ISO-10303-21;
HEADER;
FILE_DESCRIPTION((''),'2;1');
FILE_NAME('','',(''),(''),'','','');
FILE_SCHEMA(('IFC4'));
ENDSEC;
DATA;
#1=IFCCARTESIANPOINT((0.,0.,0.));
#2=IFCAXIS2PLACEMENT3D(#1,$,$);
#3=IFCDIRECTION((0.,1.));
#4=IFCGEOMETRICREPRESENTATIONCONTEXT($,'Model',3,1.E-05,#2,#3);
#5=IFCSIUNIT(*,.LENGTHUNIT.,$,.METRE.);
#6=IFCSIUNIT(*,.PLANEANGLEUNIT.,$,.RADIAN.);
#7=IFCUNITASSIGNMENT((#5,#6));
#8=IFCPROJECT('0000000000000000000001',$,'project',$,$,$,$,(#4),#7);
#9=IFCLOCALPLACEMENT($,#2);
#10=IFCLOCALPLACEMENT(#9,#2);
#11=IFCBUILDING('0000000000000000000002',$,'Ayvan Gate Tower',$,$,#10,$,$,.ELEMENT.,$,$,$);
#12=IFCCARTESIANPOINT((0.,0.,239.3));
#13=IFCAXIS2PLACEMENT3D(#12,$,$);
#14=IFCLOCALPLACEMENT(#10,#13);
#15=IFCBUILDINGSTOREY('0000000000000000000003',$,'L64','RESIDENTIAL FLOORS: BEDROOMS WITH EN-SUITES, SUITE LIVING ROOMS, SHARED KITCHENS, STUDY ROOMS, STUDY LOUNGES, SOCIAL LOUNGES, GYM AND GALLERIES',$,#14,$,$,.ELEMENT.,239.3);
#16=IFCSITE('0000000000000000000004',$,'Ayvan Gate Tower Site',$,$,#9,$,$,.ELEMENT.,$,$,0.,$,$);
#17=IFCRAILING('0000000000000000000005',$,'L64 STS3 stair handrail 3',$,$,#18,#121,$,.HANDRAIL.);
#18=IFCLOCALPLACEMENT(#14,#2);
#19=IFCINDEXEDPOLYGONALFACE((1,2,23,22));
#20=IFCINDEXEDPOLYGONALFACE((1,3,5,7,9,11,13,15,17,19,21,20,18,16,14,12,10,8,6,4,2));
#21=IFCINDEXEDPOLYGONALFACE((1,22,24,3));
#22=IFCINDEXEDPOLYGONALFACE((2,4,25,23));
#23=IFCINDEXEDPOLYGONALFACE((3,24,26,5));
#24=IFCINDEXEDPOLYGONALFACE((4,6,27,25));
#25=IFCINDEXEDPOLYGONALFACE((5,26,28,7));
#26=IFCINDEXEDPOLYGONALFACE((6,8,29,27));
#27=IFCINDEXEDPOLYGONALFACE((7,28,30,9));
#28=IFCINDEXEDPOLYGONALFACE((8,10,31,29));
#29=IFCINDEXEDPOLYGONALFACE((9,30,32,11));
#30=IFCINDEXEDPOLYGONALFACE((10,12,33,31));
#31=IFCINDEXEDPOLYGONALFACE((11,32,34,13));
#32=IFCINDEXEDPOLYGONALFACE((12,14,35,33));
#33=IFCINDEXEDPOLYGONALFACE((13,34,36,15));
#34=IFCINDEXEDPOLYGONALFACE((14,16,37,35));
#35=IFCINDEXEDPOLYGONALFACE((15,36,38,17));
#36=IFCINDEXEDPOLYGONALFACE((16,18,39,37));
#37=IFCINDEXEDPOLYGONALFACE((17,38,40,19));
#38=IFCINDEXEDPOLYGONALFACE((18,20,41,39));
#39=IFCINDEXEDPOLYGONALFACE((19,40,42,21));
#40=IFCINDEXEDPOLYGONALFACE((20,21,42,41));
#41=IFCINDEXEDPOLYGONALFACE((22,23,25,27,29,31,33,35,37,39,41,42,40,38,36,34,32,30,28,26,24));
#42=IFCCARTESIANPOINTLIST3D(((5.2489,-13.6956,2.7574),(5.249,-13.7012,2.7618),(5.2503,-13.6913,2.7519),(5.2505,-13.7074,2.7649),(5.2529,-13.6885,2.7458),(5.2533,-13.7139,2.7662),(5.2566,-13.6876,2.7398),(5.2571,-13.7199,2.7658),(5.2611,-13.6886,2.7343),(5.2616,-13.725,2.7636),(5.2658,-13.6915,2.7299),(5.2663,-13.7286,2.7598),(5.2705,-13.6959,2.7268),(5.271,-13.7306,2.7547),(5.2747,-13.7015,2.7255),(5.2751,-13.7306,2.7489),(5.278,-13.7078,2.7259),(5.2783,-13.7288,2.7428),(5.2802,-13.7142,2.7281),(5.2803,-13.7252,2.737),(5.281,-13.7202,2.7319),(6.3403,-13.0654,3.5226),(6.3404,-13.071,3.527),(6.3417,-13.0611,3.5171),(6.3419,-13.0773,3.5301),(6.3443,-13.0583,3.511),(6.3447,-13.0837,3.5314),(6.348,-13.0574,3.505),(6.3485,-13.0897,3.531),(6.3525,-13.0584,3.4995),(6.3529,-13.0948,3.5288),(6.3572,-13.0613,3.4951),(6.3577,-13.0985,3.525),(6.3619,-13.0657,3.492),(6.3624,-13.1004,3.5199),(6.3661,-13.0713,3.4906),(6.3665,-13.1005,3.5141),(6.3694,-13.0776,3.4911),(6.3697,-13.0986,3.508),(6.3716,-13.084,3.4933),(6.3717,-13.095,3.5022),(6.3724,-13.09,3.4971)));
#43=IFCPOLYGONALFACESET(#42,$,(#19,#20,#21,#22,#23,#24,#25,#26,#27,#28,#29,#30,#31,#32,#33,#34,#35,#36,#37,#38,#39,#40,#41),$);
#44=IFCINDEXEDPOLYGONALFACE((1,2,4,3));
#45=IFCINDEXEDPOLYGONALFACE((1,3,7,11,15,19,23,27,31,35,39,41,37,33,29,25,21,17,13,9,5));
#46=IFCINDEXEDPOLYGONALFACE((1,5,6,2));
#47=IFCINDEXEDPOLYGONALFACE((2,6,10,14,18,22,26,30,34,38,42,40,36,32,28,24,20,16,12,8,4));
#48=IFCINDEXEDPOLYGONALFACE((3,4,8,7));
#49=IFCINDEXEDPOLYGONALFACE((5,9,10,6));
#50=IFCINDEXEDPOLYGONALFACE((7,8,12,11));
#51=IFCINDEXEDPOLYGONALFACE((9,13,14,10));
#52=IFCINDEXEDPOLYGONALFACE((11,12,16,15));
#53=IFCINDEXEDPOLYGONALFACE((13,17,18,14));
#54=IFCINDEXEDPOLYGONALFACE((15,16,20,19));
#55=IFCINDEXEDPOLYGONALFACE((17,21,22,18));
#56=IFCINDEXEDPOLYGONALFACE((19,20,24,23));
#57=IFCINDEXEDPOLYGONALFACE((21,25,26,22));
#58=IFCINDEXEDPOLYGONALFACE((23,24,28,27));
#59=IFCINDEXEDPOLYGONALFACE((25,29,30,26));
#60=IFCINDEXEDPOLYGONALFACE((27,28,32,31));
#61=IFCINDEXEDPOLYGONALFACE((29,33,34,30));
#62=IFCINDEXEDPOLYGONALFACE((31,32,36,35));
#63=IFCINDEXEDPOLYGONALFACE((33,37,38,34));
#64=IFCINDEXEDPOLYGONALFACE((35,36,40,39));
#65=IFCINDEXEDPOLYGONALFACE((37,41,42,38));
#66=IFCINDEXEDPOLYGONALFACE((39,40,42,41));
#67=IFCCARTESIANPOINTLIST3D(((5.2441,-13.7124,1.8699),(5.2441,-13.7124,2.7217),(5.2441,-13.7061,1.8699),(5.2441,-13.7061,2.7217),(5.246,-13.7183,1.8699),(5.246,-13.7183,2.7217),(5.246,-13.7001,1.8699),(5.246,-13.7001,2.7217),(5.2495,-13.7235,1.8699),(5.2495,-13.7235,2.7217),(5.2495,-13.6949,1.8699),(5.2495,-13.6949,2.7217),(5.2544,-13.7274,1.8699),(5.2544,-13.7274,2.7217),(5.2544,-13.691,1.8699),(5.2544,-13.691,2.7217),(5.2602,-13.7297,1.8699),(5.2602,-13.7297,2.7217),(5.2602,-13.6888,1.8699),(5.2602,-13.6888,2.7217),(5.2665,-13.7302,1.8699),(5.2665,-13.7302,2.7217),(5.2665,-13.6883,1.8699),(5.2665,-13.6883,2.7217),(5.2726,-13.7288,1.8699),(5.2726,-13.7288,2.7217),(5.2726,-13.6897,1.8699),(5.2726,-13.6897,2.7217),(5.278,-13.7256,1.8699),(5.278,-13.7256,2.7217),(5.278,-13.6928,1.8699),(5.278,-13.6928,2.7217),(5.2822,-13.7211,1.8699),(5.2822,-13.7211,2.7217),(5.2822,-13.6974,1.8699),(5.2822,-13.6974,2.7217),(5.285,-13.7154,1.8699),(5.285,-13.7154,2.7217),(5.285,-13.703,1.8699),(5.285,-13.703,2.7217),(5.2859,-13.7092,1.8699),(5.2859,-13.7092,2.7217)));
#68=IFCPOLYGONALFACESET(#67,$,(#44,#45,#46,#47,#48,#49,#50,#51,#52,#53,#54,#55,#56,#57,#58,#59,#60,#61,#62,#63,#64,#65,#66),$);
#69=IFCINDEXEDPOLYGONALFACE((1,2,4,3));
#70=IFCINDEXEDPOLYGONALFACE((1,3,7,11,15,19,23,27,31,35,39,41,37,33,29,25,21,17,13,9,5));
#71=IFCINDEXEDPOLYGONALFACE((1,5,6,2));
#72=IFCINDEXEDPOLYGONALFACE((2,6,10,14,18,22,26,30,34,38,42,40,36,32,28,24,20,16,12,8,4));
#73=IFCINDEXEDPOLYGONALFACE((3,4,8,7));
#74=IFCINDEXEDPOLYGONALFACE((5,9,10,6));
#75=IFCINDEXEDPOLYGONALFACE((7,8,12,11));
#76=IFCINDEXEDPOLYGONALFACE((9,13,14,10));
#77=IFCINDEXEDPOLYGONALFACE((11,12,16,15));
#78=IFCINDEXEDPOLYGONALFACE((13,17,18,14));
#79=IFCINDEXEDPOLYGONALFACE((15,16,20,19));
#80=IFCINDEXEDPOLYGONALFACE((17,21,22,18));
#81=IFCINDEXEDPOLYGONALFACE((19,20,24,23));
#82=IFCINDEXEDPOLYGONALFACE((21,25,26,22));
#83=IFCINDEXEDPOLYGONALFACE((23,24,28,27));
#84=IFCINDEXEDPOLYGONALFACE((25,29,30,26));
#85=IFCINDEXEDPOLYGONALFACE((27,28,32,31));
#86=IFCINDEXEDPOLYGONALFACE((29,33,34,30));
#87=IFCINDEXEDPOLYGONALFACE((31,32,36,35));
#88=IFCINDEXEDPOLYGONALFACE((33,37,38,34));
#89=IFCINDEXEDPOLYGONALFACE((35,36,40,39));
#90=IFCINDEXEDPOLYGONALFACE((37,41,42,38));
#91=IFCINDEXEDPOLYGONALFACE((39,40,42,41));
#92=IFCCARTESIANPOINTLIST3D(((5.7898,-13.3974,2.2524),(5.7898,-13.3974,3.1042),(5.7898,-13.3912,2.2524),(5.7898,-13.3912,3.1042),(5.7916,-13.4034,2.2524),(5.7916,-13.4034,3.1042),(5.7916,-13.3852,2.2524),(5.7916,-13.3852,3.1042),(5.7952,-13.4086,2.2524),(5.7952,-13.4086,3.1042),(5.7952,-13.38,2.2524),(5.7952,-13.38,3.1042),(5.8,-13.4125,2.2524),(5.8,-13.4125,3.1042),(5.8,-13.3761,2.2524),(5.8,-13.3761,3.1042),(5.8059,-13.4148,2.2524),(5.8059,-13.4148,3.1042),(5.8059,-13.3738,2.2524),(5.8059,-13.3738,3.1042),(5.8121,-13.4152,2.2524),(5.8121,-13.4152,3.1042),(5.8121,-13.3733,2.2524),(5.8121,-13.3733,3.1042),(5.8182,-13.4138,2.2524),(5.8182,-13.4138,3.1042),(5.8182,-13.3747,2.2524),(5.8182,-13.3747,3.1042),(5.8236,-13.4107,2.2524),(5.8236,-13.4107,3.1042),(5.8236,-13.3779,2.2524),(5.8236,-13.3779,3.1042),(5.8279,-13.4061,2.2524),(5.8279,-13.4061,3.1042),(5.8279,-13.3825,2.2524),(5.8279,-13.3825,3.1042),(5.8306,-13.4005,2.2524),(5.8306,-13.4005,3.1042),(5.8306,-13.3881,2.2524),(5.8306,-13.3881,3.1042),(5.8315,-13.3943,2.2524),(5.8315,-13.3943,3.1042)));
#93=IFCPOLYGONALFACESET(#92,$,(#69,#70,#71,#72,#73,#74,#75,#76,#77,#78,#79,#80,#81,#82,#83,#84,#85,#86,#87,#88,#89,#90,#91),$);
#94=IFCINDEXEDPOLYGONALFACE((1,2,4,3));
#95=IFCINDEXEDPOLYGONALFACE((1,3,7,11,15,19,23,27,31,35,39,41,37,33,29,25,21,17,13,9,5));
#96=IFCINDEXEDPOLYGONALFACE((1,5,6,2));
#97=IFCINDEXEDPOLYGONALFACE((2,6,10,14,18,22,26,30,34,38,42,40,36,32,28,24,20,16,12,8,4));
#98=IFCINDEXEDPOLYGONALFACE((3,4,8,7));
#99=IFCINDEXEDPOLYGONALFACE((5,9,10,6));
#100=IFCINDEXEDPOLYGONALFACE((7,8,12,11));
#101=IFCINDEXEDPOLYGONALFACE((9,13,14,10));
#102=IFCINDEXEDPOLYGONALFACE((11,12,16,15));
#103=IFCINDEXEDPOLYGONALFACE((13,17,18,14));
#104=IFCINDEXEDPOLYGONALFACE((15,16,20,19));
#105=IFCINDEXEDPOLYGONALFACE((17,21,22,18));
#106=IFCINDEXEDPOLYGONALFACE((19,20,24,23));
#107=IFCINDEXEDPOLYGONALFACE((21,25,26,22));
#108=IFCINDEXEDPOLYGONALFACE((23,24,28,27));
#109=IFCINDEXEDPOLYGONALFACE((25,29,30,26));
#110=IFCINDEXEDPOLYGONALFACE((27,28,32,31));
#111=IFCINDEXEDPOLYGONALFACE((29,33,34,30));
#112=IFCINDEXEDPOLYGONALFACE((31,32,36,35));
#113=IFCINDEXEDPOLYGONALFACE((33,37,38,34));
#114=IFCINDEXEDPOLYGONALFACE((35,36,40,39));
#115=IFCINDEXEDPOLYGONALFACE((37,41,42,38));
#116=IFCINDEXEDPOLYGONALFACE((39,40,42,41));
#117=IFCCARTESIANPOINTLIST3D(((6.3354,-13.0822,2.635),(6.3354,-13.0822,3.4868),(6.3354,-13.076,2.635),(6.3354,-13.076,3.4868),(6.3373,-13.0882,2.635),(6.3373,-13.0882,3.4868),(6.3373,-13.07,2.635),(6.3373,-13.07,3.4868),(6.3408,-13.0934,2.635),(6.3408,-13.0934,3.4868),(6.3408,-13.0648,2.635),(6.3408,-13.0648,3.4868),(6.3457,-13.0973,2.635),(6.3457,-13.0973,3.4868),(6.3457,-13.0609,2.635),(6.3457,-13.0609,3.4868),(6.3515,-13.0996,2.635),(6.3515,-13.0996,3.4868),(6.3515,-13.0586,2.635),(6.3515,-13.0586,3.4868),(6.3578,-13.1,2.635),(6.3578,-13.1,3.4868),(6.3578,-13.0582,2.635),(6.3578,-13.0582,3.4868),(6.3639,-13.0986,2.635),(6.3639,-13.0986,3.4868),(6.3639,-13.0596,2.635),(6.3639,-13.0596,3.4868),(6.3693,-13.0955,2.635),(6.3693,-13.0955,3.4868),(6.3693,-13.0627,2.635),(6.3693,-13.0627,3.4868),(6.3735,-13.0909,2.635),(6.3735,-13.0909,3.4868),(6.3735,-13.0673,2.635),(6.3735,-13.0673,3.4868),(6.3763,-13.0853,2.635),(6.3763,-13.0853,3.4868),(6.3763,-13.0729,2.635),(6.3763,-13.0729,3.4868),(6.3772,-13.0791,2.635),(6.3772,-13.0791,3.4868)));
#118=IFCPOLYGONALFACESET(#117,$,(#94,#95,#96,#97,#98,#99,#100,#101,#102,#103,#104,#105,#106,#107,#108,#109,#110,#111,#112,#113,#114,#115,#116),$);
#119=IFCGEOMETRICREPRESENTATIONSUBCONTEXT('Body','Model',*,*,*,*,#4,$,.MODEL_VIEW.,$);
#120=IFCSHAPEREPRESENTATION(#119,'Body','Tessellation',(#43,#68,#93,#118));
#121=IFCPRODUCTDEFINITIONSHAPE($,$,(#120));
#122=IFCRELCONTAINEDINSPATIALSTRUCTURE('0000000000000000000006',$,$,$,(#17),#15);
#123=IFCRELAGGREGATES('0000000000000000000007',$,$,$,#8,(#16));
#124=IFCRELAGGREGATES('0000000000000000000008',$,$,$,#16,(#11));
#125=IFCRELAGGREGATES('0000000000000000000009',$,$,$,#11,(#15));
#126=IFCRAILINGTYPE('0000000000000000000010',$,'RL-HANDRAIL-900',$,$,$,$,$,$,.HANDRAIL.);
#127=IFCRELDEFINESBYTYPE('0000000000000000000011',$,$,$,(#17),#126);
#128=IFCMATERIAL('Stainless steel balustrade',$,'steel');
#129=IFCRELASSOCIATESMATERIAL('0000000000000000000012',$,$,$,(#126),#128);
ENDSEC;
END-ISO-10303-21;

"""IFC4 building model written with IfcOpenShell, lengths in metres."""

from ifc_helpers import new_model, si_unit, direction, frame, origin, origin_2d, place, context, subcontext, project, spatial, circle, extrude, material, type_object, element, save


model = new_model("IFC4")

# Units and contexts
model_context = context("Model", 3, precision=1e-05, world=origin(), true_north=direction((0.0, 1.0)))
body_context = subcontext(model_context, "Body", "Model", "MODEL_VIEW")
ifc_project = project(units=[si_unit("LENGTHUNIT", "METRE"), si_unit("PLANEANGLEUNIT", "RADIAN")], contexts=[model_context])

# Site, building, storey
site_placement = place(None, origin())
site = spatial("IfcSite", under=ifc_project, at=site_placement, Name="Ayvan Gate Tower Site", CompositionType="ELEMENT", RefElevation=0.0)
building_placement = place(site_placement, origin())
building = spatial("IfcBuilding", under=site, at=building_placement, Name="Ayvan Gate Tower", CompositionType="ELEMENT")
storey_placement = place(building_placement, frame((0.0, 0.0, 239.3)))
storey = spatial("IfcBuildingStorey", under=building, at=storey_placement, Name="L64", Description="RESIDENTIAL FLOORS: BEDROOMS WITH EN-SUITES, SUITE LIVING ROOMS, SHARED KITCHENS, STUDY ROOMS, STUDY LOUNGES, SOCIAL LOUNGES, GYM AND GALLERIES", CompositionType="ELEMENT", Elevation=239.3)

# Railing
ifc_material_1 = material(Name="Stainless steel balustrade", Category="steel")
railing_type_1 = type_object("IfcRailingType", Name="RL-HANDRAIL-900", PredefinedType="HANDRAIL", material=ifc_material_1)
railing_1_placement = place(storey_placement, frame((5.2649, -13.7092, 1.8699)))
element("IfcRailing", 1, at=railing_1_placement, inside=storey, type_object=railing_type_1, Name="L64 STS3 stair handrail 3", PredefinedType="HANDRAIL", context=body_context, shape_type="SweptSolid", body=[
    extrude(circle(Radius=0.0239, at=origin_2d()), frame((0.0, 0.0, 0.876), z_axis=(0.740241, 0.427419, 0.518996), x_axis=(-0.500035, 0.866005, 0.0)), (0.0, 0.0, 1.0), 1.4744),
    extrude(circle(Radius=0.021, at=origin_2d()), origin(), (0.0, 0.0, 1.0), 0.8518),
    extrude(circle(Radius=0.021, at=origin_2d()), frame((0.5457, 0.3149, 0.3826)), (0.0, 0.0, 1.0), 0.8518),
    extrude(circle(Radius=0.021, at=origin_2d()), frame((1.0913, 0.6301, 0.7651)), (0.0, 0.0, 1.0), 0.8518),
])

save(model, "model.ifc")
